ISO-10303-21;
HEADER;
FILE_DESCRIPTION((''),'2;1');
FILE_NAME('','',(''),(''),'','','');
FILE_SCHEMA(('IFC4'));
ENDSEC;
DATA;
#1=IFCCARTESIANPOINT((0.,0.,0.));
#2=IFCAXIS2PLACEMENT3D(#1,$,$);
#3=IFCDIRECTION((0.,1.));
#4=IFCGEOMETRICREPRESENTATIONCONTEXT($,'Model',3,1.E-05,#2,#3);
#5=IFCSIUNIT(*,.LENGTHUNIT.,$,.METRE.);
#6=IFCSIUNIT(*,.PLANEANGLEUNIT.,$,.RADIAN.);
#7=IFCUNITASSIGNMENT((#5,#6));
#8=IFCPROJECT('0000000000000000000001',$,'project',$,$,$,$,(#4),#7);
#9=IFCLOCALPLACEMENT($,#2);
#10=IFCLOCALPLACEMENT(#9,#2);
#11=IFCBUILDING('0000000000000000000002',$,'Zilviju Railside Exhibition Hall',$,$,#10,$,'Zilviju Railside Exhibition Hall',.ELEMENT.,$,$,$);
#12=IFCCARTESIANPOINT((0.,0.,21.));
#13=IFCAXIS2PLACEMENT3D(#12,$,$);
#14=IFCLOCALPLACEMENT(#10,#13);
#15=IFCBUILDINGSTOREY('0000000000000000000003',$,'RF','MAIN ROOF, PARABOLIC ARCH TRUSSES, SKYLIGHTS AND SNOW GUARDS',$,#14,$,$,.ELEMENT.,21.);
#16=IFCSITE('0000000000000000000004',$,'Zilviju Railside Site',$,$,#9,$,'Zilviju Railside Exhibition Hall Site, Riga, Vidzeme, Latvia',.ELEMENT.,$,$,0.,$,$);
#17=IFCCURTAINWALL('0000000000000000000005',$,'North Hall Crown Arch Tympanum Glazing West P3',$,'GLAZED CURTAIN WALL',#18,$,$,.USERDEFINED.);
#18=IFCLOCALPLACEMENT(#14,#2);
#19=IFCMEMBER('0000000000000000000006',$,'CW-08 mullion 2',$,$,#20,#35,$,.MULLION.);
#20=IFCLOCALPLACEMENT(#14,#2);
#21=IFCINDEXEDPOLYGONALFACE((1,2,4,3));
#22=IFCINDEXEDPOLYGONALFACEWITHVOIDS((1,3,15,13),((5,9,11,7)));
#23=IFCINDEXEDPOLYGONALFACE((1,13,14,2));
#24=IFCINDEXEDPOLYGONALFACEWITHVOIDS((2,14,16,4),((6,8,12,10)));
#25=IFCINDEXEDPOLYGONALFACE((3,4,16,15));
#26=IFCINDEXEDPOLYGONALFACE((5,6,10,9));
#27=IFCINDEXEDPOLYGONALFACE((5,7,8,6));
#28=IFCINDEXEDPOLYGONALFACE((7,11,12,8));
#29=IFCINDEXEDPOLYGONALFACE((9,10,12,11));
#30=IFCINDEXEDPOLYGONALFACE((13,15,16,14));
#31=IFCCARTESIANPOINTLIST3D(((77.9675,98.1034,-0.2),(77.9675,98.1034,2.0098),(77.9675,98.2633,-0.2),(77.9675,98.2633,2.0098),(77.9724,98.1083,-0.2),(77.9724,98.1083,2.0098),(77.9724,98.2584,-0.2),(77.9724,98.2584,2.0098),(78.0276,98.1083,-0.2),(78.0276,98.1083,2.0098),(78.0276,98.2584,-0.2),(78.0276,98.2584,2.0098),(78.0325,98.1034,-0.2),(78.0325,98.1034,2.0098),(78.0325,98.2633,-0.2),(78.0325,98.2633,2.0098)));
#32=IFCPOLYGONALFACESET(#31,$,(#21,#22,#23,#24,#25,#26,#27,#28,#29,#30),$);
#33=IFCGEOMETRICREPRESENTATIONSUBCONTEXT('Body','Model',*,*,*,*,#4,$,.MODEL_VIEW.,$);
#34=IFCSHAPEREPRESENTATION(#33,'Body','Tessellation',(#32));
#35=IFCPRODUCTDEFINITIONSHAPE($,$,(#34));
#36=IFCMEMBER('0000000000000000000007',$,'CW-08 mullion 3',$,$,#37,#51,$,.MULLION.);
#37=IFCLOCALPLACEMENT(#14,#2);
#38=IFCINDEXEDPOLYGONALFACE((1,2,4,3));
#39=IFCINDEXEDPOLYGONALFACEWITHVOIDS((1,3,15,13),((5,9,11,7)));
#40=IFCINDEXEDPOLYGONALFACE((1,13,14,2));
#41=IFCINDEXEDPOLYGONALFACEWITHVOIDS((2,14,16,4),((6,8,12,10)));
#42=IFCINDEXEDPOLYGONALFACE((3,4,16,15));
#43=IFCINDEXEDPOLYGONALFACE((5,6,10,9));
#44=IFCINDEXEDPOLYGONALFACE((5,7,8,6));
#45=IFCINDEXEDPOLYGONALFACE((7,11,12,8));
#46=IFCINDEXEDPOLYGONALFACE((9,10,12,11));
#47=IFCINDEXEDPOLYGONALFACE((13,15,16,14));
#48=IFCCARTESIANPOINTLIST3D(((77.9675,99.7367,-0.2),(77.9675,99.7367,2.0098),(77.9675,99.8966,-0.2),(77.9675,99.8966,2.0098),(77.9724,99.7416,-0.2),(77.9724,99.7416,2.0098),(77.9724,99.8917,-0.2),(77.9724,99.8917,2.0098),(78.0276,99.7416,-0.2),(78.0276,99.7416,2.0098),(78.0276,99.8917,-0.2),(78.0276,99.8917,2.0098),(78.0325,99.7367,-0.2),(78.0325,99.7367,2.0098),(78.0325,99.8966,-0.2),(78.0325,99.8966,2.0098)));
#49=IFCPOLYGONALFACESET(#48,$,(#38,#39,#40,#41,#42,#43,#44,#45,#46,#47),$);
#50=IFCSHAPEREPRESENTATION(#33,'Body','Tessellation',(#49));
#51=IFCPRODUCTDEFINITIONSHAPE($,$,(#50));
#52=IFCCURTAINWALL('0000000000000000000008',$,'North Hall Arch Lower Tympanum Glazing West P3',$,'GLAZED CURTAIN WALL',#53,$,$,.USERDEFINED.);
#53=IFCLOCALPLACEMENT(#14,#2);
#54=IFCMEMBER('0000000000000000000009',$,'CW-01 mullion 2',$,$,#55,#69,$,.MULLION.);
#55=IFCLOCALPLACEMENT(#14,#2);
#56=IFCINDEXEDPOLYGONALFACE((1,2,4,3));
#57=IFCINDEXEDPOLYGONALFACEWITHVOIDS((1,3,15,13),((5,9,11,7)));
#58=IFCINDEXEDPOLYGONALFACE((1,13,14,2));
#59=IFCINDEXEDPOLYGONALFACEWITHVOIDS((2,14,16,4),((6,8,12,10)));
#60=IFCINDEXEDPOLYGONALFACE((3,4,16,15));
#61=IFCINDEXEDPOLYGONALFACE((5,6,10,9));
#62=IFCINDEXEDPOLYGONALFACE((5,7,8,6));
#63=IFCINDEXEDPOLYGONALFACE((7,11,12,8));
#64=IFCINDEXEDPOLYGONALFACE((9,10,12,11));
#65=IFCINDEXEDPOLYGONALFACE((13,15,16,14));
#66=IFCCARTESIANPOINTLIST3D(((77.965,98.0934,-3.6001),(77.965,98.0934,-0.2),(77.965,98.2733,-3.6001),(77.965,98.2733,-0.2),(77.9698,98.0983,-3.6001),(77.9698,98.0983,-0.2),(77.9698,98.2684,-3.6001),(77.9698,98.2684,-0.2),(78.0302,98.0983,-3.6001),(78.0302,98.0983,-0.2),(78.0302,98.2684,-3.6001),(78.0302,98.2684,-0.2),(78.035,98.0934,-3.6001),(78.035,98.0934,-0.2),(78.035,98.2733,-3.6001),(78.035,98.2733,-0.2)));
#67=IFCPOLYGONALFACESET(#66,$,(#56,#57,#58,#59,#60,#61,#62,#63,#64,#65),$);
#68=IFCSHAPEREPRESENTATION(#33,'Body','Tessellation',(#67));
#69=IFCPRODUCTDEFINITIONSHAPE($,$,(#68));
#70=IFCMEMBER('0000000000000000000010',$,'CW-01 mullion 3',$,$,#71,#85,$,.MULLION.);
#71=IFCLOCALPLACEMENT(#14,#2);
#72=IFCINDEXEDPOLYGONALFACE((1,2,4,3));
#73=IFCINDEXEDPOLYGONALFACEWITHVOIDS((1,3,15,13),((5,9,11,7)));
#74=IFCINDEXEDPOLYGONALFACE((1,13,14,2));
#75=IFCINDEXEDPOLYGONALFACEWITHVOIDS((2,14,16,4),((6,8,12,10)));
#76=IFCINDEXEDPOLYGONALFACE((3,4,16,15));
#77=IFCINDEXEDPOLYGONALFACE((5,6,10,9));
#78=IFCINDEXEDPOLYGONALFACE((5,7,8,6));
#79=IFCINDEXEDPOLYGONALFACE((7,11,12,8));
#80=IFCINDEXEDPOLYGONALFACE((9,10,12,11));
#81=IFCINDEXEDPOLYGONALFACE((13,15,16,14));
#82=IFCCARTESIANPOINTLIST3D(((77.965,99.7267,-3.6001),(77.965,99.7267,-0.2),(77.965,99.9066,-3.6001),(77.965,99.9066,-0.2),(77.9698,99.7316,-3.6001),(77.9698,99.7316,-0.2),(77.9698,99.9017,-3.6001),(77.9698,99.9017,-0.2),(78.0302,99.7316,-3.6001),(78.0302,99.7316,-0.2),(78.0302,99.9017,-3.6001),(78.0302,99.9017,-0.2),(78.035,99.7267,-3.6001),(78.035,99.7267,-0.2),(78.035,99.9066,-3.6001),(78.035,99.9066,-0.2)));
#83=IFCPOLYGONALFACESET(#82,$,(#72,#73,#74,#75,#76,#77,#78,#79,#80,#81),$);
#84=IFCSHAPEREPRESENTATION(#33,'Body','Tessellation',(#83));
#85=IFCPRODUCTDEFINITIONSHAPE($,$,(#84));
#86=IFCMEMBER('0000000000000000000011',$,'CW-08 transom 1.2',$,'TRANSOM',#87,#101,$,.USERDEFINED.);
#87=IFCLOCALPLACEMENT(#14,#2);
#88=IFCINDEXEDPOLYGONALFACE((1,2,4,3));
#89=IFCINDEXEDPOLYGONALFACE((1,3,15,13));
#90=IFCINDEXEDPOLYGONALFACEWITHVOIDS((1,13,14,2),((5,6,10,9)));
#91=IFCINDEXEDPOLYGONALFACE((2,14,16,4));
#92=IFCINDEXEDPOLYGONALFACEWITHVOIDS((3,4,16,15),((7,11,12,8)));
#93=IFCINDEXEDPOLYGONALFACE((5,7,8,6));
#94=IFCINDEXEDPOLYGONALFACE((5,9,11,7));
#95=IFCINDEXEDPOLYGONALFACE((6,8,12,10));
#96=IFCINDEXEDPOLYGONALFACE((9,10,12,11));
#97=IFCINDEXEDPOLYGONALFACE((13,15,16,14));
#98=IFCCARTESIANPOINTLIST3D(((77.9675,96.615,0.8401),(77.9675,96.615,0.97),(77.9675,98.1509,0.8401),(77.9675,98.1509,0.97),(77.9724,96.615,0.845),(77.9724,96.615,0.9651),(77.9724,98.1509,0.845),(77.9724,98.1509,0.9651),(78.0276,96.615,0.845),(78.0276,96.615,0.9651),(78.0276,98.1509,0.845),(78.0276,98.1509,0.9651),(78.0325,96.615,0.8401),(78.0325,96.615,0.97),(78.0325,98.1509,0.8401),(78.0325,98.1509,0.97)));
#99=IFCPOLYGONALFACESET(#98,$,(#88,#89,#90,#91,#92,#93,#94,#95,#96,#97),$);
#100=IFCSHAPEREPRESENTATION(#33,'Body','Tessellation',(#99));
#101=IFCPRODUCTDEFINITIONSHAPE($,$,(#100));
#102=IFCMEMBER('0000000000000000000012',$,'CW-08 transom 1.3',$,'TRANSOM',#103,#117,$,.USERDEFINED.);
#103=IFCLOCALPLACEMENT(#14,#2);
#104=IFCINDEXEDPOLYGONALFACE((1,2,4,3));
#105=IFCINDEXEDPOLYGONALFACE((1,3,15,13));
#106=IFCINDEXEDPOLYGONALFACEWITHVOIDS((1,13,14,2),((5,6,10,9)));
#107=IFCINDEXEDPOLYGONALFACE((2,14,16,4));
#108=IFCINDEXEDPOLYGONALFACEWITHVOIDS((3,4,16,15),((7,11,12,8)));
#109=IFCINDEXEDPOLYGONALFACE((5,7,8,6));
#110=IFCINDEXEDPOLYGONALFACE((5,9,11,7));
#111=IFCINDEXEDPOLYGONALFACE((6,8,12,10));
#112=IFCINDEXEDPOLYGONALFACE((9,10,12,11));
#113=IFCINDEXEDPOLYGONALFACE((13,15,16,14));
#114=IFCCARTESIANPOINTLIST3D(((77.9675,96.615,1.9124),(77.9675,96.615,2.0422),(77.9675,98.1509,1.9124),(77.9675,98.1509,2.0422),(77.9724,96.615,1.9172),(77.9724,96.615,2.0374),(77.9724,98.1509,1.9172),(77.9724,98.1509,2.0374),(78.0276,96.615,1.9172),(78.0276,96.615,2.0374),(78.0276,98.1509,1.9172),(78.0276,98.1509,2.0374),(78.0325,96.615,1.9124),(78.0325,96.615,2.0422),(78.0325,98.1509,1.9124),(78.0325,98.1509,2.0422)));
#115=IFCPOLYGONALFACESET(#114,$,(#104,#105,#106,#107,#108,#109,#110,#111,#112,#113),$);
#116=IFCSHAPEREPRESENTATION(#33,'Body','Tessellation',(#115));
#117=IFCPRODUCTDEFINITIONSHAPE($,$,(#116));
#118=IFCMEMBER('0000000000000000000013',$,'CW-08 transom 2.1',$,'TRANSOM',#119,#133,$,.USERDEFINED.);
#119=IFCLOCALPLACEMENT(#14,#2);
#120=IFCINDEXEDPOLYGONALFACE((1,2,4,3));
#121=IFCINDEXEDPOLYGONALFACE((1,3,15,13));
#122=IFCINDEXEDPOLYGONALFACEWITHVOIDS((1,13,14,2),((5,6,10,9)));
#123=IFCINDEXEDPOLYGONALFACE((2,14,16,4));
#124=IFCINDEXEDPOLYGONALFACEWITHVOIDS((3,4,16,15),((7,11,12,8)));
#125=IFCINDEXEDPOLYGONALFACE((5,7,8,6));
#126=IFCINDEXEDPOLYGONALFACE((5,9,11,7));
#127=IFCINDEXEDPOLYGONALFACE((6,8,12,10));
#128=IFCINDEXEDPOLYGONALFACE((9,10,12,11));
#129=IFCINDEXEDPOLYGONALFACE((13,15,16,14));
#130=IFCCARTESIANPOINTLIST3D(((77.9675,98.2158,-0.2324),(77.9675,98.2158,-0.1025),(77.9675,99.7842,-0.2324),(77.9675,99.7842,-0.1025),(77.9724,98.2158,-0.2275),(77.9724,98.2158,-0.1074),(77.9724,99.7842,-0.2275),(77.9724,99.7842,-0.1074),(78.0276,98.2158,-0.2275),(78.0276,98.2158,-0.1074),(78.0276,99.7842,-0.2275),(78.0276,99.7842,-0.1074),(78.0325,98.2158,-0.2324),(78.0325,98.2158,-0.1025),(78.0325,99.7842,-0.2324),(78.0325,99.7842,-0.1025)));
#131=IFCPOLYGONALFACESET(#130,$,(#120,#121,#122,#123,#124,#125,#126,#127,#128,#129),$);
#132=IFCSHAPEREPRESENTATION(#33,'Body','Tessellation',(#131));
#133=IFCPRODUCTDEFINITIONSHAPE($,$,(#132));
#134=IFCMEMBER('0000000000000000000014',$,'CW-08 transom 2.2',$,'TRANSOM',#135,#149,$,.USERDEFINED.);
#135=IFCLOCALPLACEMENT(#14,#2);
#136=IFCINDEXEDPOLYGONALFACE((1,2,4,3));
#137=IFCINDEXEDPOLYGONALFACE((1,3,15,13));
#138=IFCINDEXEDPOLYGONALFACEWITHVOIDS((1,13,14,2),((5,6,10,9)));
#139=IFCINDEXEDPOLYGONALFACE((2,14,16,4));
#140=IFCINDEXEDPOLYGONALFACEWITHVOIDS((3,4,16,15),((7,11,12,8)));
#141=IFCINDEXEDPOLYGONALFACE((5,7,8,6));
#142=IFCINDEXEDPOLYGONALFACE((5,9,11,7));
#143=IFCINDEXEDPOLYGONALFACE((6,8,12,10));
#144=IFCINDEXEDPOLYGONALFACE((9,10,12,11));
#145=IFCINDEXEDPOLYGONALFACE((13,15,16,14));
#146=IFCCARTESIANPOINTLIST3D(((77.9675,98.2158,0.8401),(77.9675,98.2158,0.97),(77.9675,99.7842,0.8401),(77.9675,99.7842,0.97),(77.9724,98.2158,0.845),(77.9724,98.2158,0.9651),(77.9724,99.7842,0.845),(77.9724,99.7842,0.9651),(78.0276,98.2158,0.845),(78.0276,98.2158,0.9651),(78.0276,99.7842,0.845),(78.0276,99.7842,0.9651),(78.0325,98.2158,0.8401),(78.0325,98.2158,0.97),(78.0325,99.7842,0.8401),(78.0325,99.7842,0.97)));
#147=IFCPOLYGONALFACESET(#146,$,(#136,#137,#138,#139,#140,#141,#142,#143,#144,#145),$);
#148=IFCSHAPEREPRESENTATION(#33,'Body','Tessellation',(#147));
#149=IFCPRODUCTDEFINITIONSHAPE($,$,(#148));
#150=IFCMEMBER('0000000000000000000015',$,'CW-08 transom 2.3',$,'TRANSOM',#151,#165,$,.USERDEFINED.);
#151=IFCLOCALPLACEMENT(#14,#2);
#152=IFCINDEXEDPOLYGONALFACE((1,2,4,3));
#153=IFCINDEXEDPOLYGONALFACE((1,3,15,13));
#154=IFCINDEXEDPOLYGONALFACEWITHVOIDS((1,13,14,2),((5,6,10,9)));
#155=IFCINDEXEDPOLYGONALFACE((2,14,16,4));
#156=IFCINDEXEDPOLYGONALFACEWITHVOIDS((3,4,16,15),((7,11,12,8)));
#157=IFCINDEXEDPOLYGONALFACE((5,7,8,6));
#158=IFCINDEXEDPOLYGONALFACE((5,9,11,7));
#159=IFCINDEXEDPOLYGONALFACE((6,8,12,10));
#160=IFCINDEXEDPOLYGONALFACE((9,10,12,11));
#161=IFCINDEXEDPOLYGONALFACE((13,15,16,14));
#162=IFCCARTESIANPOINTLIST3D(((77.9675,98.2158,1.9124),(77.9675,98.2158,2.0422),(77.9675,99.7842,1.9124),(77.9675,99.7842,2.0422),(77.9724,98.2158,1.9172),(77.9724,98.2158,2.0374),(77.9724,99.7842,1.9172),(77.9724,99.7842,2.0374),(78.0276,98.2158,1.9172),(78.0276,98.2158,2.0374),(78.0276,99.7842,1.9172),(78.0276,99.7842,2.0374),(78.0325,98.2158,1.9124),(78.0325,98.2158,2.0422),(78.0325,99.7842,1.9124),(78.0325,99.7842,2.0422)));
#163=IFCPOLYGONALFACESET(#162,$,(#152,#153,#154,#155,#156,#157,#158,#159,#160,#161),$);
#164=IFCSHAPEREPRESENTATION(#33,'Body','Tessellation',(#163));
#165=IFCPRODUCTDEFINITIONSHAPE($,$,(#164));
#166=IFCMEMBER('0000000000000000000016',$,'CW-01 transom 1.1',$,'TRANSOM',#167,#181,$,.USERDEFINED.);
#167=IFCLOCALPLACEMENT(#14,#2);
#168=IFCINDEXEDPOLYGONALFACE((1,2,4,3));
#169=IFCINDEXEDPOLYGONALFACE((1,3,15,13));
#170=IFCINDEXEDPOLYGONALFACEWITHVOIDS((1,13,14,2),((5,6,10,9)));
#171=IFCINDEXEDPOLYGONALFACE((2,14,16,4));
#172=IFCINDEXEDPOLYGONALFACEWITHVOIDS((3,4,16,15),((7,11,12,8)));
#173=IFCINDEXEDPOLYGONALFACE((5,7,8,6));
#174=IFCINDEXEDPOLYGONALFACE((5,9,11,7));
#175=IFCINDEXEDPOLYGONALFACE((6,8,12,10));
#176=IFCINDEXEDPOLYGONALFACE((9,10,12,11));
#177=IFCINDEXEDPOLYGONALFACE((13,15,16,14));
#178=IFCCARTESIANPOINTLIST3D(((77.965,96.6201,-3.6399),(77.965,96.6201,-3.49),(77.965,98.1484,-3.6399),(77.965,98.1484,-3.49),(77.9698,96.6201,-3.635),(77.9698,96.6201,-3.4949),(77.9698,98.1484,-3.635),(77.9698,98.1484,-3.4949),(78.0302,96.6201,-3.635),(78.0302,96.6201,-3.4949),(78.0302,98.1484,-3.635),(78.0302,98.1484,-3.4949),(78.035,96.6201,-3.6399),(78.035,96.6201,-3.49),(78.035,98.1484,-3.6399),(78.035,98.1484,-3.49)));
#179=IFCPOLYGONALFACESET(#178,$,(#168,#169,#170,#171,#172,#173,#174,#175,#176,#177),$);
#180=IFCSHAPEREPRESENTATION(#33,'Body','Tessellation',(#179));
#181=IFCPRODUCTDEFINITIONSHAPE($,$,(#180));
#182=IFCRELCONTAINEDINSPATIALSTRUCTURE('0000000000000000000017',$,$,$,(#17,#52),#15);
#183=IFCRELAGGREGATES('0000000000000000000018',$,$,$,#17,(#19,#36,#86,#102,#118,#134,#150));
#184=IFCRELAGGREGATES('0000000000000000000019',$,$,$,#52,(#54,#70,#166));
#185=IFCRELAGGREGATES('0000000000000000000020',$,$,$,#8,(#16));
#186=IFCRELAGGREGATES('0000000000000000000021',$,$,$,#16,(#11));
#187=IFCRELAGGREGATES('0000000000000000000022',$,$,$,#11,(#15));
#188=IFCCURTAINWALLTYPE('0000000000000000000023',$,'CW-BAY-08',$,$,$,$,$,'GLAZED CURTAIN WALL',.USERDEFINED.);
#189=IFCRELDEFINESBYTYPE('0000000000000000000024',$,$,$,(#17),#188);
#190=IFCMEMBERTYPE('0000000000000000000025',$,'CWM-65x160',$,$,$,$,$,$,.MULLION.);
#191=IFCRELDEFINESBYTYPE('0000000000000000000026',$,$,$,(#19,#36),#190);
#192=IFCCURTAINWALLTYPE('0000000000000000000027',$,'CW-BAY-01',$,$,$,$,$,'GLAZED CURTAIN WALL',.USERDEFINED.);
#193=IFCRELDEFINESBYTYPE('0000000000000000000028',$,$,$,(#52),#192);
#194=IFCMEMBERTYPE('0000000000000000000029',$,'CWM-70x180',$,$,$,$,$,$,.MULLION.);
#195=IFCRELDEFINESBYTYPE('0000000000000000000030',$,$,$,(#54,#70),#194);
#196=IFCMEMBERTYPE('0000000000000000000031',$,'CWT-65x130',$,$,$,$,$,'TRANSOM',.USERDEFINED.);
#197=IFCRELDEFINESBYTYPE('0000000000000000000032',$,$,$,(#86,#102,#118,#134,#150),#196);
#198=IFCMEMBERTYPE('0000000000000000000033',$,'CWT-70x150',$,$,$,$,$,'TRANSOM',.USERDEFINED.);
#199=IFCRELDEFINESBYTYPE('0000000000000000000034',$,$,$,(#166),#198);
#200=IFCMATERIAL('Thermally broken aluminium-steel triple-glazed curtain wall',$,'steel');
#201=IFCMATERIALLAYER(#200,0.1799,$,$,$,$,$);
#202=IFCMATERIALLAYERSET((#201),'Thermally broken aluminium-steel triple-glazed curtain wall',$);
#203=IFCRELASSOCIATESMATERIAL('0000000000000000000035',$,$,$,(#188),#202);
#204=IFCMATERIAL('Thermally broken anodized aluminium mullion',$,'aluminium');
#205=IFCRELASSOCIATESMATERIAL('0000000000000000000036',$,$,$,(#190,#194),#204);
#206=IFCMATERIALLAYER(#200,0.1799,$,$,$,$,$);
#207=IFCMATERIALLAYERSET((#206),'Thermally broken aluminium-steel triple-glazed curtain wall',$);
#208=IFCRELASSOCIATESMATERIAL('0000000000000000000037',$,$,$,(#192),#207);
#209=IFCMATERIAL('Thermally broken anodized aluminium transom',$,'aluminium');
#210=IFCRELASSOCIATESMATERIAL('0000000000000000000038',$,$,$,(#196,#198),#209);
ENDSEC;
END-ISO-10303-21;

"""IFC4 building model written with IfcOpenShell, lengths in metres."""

from ifc_helpers import new_model, si_unit, direction, frame, origin, origin_2d, place, context, subcontext, project, spatial, hollow_rectangle, extrude, material, layer, layer_set, material_profile, profile_set, type_object, element, aggregate, save


model = new_model("IFC4")

# Units and contexts
model_context = context("Model", 3, precision=1e-05, world=origin(), true_north=direction((0.0, 1.0)))
body_context = subcontext(model_context, "Body", "Model", "MODEL_VIEW")
ifc_project = project(units=[si_unit("LENGTHUNIT", "METRE"), si_unit("PLANEANGLEUNIT", "RADIAN")], contexts=[model_context])

# Site, building, storey
site_placement = place(None, origin())
site = spatial("IfcSite", under=ifc_project, at=site_placement, Name="Zilviju Railside Site", LongName="Zilviju Railside Exhibition Hall Site, Riga, Vidzeme, Latvia", CompositionType="ELEMENT", RefElevation=0.0)
building_placement = place(site_placement, origin())
building = spatial("IfcBuilding", under=site, at=building_placement, Name="Zilviju Railside Exhibition Hall", LongName="Zilviju Railside Exhibition Hall", CompositionType="ELEMENT")
storey_placement = place(building_placement, frame((0.0, 0.0, 21.0)))
storey = spatial("IfcBuildingStorey", under=building, at=storey_placement, Name="RF", Description="MAIN ROOF, PARABOLIC ARCH TRUSSES, SKYLIGHTS AND SNOW GUARDS", CompositionType="ELEMENT", Elevation=21.0)

# Curtain walls, members
ifc_material_1 = material(Name="Thermally broken aluminium-steel triple-glazed curtain wall", Category="steel")
ifc_layer_1 = layer(ifc_material_1, 0.1799)
ifc_layer_set_1 = layer_set([ifc_layer_1], Name="Thermally broken aluminium-steel triple-glazed curtain wall")
curtain_wall_type_1 = type_object("IfcCurtainWallType", Name="CW-BAY-08", ElementType="GLAZED CURTAIN WALL", PredefinedType="USERDEFINED", material=ifc_layer_set_1)
curtain_wall_1_placement = place(storey_placement, origin())
curtain_wall_1 = element("IfcCurtainWall", 1, at=curtain_wall_1_placement, inside=storey, type_object=curtain_wall_type_1, Name="North Hall Crown Arch Tympanum Glazing West P3", ObjectType="GLAZED CURTAIN WALL", PredefinedType="USERDEFINED")
ifc_material_2 = material(Name="Thermally broken anodized aluminium mullion", Category="aluminium")
ifc_material_profile_1 = material_profile(ifc_material_2, hollow_rectangle(XDim=0.0649, YDim=0.1599, WallThickness=0.0049, at=origin_2d()), Name="MULLION 160x65x5")
ifc_profile_set_1 = profile_set([ifc_material_profile_1], Name="Thermally broken anodized aluminium mullion")
member_type_1 = type_object("IfcMemberType", Name="CWM-65x160", PredefinedType="MULLION", material=ifc_profile_set_1)
member_1_placement = place(storey_placement, frame((78.0, 98.1833, -0.2), z_axis=(0.0, 0.0, 1.0), x_axis=(-1.0, 0.0, 0.0)))
member_1 = element("IfcMember", 2, at=member_1_placement, type_object=member_type_1, Name="CW-08 mullion 2", PredefinedType="MULLION", context=body_context, shape_type="SweptSolid", body=[
    extrude(hollow_rectangle(XDim=0.0649, YDim=0.1599, WallThickness=0.0049, at=origin_2d()), origin(), (0.0, 0.0, 1.0), 2.2097),
])
member_2_placement = place(storey_placement, frame((78.0, 99.8167, -0.2), z_axis=(0.0, 0.0, 1.0), x_axis=(-1.0, 0.0, 0.0)))
member_2 = element("IfcMember", 3, at=member_2_placement, type_object=member_type_1, Name="CW-08 mullion 3", PredefinedType="MULLION", context=body_context, shape_type="SweptSolid", body=[
    extrude(hollow_rectangle(XDim=0.0649, YDim=0.1599, WallThickness=0.0049, at=origin_2d()), origin(), (0.0, 0.0, 1.0), 2.2097),
])
ifc_layer_2 = layer(ifc_material_1, 0.1799)
ifc_layer_set_2 = layer_set([ifc_layer_2], Name="Thermally broken aluminium-steel triple-glazed curtain wall")
curtain_wall_type_2 = type_object("IfcCurtainWallType", Name="CW-BAY-01", ElementType="GLAZED CURTAIN WALL", PredefinedType="USERDEFINED", material=ifc_layer_set_2)
curtain_wall_2_placement = place(storey_placement, origin())
curtain_wall_2 = element("IfcCurtainWall", 4, at=curtain_wall_2_placement, inside=storey, type_object=curtain_wall_type_2, Name="North Hall Arch Lower Tympanum Glazing West P3", ObjectType="GLAZED CURTAIN WALL", PredefinedType="USERDEFINED")
ifc_material_profile_2 = material_profile(ifc_material_2, hollow_rectangle(XDim=0.0701, YDim=0.1799, WallThickness=0.0049, at=origin_2d()), Name="MULLION 180x70x5")
ifc_profile_set_2 = profile_set([ifc_material_profile_2], Name="Thermally broken anodized aluminium mullion")
member_type_2 = type_object("IfcMemberType", Name="CWM-70x180", PredefinedType="MULLION", material=ifc_profile_set_2)
member_3_placement = place(storey_placement, frame((78.0, 98.1833, -3.6001), z_axis=(0.0, 0.0, 1.0), x_axis=(-1.0, 0.0, 0.0)))
member_3 = element("IfcMember", 5, at=member_3_placement, type_object=member_type_2, Name="CW-01 mullion 2", PredefinedType="MULLION", context=body_context, shape_type="SweptSolid", body=[
    extrude(hollow_rectangle(XDim=0.0701, YDim=0.1799, WallThickness=0.0049, at=origin_2d()), origin(), (0.0, 0.0, 1.0), 3.4001),
])
member_4_placement = place(storey_placement, frame((78.0, 99.8167, -3.6001), z_axis=(0.0, 0.0, 1.0), x_axis=(-1.0, 0.0, 0.0)))
member_4 = element("IfcMember", 6, at=member_4_placement, type_object=member_type_2, Name="CW-01 mullion 3", PredefinedType="MULLION", context=body_context, shape_type="SweptSolid", body=[
    extrude(hollow_rectangle(XDim=0.0701, YDim=0.1799, WallThickness=0.0049, at=origin_2d()), origin(), (0.0, 0.0, 1.0), 3.4001),
])

# Members
ifc_material_3 = material(Name="Thermally broken anodized aluminium transom", Category="aluminium")
ifc_material_profile_3 = material_profile(ifc_material_3, hollow_rectangle(XDim=0.0649, YDim=0.1299, WallThickness=0.0049, at=origin_2d()), Name="TRANSOM 130x65x5")
ifc_profile_set_3 = profile_set([ifc_material_profile_3], Name="Thermally broken anodized aluminium transom")
member_type_3 = type_object("IfcMemberType", Name="CWT-65x130", ElementType="TRANSOM", PredefinedType="USERDEFINED", material=ifc_profile_set_3)
member_5_placement = place(storey_placement, frame((78.0, 96.615, 0.905), z_axis=(0.0, 1.0, 0.0), x_axis=(-1.0, 0.0, 0.0)))
member_5 = element("IfcMember", 7, at=member_5_placement, type_object=member_type_3, Name="CW-08 transom 1.2", ObjectType="TRANSOM", PredefinedType="USERDEFINED", context=body_context, shape_type="SweptSolid", body=[
    extrude(hollow_rectangle(XDim=0.0649, YDim=0.1299, WallThickness=0.0049, at=origin_2d()), origin(), (0.0, 0.0, 1.0), 1.5359),
])
member_6_placement = place(storey_placement, frame((78.0, 96.615, 1.9773), z_axis=(0.0, 1.0, 0.0), x_axis=(-1.0, 0.0, 0.0)))
member_6 = element("IfcMember", 8, at=member_6_placement, type_object=member_type_3, Name="CW-08 transom 1.3", ObjectType="TRANSOM", PredefinedType="USERDEFINED", context=body_context, shape_type="SweptSolid", body=[
    extrude(hollow_rectangle(XDim=0.0649, YDim=0.1299, WallThickness=0.0049, at=origin_2d()), origin(), (0.0, 0.0, 1.0), 1.5359),
])
member_7_placement = place(storey_placement, frame((78.0, 98.2158, -0.1675), z_axis=(0.0, 1.0, 0.0), x_axis=(-1.0, 0.0, 0.0)))
member_7 = element("IfcMember", 9, at=member_7_placement, type_object=member_type_3, Name="CW-08 transom 2.1", ObjectType="TRANSOM", PredefinedType="USERDEFINED", context=body_context, shape_type="SweptSolid", body=[
    extrude(hollow_rectangle(XDim=0.0649, YDim=0.1299, WallThickness=0.0049, at=origin_2d()), origin(), (0.0, 0.0, 1.0), 1.5684),
])
member_8_placement = place(storey_placement, frame((78.0, 98.2158, 0.905), z_axis=(0.0, 1.0, 0.0), x_axis=(-1.0, 0.0, 0.0)))
member_8 = element("IfcMember", 10, at=member_8_placement, type_object=member_type_3, Name="CW-08 transom 2.2", ObjectType="TRANSOM", PredefinedType="USERDEFINED", context=body_context, shape_type="SweptSolid", body=[
    extrude(hollow_rectangle(XDim=0.0649, YDim=0.1299, WallThickness=0.0049, at=origin_2d()), origin(), (0.0, 0.0, 1.0), 1.5684),
])
member_9_placement = place(storey_placement, frame((78.0, 98.2158, 1.9773), z_axis=(0.0, 1.0, 0.0), x_axis=(-1.0, 0.0, 0.0)))
member_9 = element("IfcMember", 11, at=member_9_placement, type_object=member_type_3, Name="CW-08 transom 2.3", ObjectType="TRANSOM", PredefinedType="USERDEFINED", context=body_context, shape_type="SweptSolid", body=[
    extrude(hollow_rectangle(XDim=0.0649, YDim=0.1299, WallThickness=0.0049, at=origin_2d()), origin(), (0.0, 0.0, 1.0), 1.5684),
])
ifc_material_profile_4 = material_profile(ifc_material_3, hollow_rectangle(XDim=0.0701, YDim=0.1499, WallThickness=0.0049, at=origin_2d()), Name="TRANSOM 150x70x5")
ifc_profile_set_4 = profile_set([ifc_material_profile_4], Name="Thermally broken anodized aluminium transom")
member_type_4 = type_object("IfcMemberType", Name="CWT-70x150", ElementType="TRANSOM", PredefinedType="USERDEFINED", material=ifc_profile_set_4)
member_10_placement = place(storey_placement, frame((78.0, 96.6201, -3.5649), z_axis=(0.0, 1.0, 0.0), x_axis=(-1.0, 0.0, 0.0)))
member_10 = element("IfcMember", 12, at=member_10_placement, type_object=member_type_4, Name="CW-01 transom 1.1", ObjectType="TRANSOM", PredefinedType="USERDEFINED", context=body_context, shape_type="SweptSolid", body=[
    extrude(hollow_rectangle(XDim=0.0701, YDim=0.1499, WallThickness=0.0049, at=origin_2d()), origin(), (0.0, 0.0, 1.0), 1.5283),
])

aggregate(curtain_wall_1, [member_1, member_2, member_5, member_6, member_7, member_8, member_9])
aggregate(curtain_wall_2, [member_3, member_4, member_10])

save(model, "model.ifc")
